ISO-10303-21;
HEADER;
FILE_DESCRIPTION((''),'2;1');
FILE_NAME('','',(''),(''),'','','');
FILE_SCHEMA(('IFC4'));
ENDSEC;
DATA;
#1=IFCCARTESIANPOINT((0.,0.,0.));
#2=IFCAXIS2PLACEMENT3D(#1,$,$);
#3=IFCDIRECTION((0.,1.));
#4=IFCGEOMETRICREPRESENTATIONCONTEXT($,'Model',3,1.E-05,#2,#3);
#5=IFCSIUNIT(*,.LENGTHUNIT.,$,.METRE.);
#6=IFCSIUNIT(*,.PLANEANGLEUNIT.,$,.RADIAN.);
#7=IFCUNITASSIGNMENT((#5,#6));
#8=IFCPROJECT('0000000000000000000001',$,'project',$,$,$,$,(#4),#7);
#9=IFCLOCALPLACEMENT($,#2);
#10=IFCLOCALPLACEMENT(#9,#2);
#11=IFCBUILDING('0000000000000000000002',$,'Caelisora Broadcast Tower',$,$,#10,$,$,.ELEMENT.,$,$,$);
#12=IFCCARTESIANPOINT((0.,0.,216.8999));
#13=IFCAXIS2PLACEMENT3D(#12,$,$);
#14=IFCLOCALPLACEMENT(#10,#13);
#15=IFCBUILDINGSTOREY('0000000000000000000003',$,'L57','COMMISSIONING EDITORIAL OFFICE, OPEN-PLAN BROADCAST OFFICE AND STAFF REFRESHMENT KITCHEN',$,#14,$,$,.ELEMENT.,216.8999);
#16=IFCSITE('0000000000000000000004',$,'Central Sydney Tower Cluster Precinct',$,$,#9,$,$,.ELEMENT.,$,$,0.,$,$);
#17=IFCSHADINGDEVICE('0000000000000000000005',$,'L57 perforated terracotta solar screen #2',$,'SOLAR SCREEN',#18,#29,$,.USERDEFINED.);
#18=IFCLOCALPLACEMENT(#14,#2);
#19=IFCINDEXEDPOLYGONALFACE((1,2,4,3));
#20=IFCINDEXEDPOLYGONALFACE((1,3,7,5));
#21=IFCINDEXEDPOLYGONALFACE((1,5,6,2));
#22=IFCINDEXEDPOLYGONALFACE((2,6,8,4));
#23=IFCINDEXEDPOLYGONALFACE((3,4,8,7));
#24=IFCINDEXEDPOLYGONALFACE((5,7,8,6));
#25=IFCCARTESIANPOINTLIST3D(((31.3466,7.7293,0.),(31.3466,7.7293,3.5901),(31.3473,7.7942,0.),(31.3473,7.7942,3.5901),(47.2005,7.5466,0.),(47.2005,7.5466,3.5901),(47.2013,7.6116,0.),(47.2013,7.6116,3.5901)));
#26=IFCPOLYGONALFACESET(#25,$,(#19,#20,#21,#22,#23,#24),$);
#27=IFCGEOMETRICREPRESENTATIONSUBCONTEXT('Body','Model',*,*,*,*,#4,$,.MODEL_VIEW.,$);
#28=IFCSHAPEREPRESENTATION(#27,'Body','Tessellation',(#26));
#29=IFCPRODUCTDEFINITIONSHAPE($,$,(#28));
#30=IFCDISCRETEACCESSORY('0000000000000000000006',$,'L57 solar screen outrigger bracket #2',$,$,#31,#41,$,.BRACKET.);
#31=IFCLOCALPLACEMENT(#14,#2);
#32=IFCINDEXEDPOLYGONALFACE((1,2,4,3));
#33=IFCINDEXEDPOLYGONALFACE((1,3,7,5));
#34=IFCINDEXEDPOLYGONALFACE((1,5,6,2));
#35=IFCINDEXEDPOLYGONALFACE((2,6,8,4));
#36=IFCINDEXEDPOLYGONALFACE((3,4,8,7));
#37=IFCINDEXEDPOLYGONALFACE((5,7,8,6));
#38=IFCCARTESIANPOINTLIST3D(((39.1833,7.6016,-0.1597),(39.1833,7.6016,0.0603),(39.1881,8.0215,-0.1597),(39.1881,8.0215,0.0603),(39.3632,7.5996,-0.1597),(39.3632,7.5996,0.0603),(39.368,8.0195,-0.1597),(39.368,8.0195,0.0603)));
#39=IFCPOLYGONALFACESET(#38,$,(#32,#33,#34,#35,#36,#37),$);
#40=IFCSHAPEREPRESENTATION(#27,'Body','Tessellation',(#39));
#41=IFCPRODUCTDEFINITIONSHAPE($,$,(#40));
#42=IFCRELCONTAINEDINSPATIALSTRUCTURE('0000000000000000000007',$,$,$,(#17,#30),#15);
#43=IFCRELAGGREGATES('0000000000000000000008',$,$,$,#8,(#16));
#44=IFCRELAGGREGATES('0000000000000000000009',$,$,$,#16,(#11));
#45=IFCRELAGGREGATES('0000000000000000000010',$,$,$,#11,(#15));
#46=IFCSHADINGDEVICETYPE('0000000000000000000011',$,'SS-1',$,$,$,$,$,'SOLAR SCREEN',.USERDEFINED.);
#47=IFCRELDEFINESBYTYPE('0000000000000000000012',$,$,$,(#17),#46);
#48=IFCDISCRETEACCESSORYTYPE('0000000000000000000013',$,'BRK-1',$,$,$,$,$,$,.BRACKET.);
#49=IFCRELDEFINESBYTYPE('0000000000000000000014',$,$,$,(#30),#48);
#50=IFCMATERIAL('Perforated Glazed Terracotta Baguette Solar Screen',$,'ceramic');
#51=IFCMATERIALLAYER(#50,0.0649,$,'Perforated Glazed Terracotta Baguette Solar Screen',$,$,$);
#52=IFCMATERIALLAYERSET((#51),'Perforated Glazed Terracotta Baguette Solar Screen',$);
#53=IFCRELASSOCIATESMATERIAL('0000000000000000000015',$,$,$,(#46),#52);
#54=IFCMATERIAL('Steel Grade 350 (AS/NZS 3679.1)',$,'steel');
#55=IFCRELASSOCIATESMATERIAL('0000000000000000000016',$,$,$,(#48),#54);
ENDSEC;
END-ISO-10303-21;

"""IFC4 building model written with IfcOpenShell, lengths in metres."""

from ifc_helpers import new_model, si_unit, direction, frame, origin, origin_2d, place, context, subcontext, project, spatial, rectangle, extrude, source, transform, mapped, material, layer, layer_set, type_object, type_shapes, element, save


model = new_model("IFC4")

# Units and contexts
model_context = context("Model", 3, precision=1e-05, world=origin(), true_north=direction((0.0, 1.0)))
body_context = subcontext(model_context, "Body", "Model", "MODEL_VIEW")
ifc_project = project(units=[si_unit("LENGTHUNIT", "METRE"), si_unit("PLANEANGLEUNIT", "RADIAN")], contexts=[model_context])

# Site, building, storey
site_placement = place(None, origin())
site = spatial("IfcSite", under=ifc_project, at=site_placement, Name="Central Sydney Tower Cluster Precinct", CompositionType="ELEMENT", RefElevation=0.0)
building_placement = place(site_placement, origin())
building = spatial("IfcBuilding", under=site, at=building_placement, Name="Caelisora Broadcast Tower", CompositionType="ELEMENT")
storey_placement = place(building_placement, frame((0.0, 0.0, 216.8999)))
storey = spatial("IfcBuildingStorey", under=building, at=storey_placement, Name="L57", Description="COMMISSIONING EDITORIAL OFFICE, OPEN-PLAN BROADCAST OFFICE AND STAFF REFRESHMENT KITCHEN", CompositionType="ELEMENT", Elevation=216.8999)

# Shared definitions
ifc_material_1 = material(Name="Steel Grade 350 (AS/NZS 3679.1)", Category="steel")

# Shading device
ifc_material_2 = material(Name="Perforated Glazed Terracotta Baguette Solar Screen", Category="ceramic")
ifc_layer_1 = layer(ifc_material_2, 0.0649, Name="Perforated Glazed Terracotta Baguette Solar Screen")
ifc_layer_set_1 = layer_set([ifc_layer_1], Name="Perforated Glazed Terracotta Baguette Solar Screen")
shading_device_type_1 = type_object("IfcShadingDeviceType", Name="SS-1", ElementType="SOLAR SCREEN", PredefinedType="USERDEFINED", material=ifc_layer_set_1)
shared_shape_1 = source(origin(), body_context, "Body", "SweptSolid", [
    extrude(rectangle(XDim=15.855, YDim=0.0649, at=origin_2d()), origin(), (0.0, 0.0, 1.0), 3.5901),
])
type_shapes(shading_device_type_1, [shared_shape_1])
shading_device_1_placement = place(storey_placement, frame((39.2739, 7.6704, 0.0), z_axis=(0.0, 0.0, 1.0), x_axis=(0.999934, -0.011519, 0.0)))
element("IfcShadingDevice", 1, at=shading_device_1_placement, inside=storey, type_object=shading_device_type_1, Name="L57 perforated terracotta solar screen #2", ObjectType="SOLAR SCREEN", PredefinedType="USERDEFINED", context=body_context, shape_type="MappedRepresentation", body=[
    mapped(shared_shape_1, transform((0.0, 0.0, 0.0), scale=1.0)),
])

# Discrete accessory
discrete_accessory_type = type_object("IfcDiscreteAccessoryType", Name="BRK-1", PredefinedType="BRACKET", material=ifc_material_1)
shared_shape_2 = source(origin(), body_context, "Body", "SweptSolid", [
    extrude(rectangle(XDim=0.1799, YDim=0.4199, at=origin_2d()), origin(), (0.0, 0.0, 1.0), 0.22),
])
type_shapes(discrete_accessory_type, [shared_shape_2])
discrete_accessory_placement = place(storey_placement, frame((39.2756, 7.8105, -0.1597), z_axis=(0.0, 0.0, 1.0), x_axis=(0.999934, -0.011519, 0.0)))
element("IfcDiscreteAccessory", 2, at=discrete_accessory_placement, inside=storey, type_object=discrete_accessory_type, Name="L57 solar screen outrigger bracket #2", PredefinedType="BRACKET", context=body_context, shape_type="MappedRepresentation", body=[
    mapped(shared_shape_2, transform((0.0, 0.0, 0.0), scale=1.0)),
])

save(model, "model.ifc")
